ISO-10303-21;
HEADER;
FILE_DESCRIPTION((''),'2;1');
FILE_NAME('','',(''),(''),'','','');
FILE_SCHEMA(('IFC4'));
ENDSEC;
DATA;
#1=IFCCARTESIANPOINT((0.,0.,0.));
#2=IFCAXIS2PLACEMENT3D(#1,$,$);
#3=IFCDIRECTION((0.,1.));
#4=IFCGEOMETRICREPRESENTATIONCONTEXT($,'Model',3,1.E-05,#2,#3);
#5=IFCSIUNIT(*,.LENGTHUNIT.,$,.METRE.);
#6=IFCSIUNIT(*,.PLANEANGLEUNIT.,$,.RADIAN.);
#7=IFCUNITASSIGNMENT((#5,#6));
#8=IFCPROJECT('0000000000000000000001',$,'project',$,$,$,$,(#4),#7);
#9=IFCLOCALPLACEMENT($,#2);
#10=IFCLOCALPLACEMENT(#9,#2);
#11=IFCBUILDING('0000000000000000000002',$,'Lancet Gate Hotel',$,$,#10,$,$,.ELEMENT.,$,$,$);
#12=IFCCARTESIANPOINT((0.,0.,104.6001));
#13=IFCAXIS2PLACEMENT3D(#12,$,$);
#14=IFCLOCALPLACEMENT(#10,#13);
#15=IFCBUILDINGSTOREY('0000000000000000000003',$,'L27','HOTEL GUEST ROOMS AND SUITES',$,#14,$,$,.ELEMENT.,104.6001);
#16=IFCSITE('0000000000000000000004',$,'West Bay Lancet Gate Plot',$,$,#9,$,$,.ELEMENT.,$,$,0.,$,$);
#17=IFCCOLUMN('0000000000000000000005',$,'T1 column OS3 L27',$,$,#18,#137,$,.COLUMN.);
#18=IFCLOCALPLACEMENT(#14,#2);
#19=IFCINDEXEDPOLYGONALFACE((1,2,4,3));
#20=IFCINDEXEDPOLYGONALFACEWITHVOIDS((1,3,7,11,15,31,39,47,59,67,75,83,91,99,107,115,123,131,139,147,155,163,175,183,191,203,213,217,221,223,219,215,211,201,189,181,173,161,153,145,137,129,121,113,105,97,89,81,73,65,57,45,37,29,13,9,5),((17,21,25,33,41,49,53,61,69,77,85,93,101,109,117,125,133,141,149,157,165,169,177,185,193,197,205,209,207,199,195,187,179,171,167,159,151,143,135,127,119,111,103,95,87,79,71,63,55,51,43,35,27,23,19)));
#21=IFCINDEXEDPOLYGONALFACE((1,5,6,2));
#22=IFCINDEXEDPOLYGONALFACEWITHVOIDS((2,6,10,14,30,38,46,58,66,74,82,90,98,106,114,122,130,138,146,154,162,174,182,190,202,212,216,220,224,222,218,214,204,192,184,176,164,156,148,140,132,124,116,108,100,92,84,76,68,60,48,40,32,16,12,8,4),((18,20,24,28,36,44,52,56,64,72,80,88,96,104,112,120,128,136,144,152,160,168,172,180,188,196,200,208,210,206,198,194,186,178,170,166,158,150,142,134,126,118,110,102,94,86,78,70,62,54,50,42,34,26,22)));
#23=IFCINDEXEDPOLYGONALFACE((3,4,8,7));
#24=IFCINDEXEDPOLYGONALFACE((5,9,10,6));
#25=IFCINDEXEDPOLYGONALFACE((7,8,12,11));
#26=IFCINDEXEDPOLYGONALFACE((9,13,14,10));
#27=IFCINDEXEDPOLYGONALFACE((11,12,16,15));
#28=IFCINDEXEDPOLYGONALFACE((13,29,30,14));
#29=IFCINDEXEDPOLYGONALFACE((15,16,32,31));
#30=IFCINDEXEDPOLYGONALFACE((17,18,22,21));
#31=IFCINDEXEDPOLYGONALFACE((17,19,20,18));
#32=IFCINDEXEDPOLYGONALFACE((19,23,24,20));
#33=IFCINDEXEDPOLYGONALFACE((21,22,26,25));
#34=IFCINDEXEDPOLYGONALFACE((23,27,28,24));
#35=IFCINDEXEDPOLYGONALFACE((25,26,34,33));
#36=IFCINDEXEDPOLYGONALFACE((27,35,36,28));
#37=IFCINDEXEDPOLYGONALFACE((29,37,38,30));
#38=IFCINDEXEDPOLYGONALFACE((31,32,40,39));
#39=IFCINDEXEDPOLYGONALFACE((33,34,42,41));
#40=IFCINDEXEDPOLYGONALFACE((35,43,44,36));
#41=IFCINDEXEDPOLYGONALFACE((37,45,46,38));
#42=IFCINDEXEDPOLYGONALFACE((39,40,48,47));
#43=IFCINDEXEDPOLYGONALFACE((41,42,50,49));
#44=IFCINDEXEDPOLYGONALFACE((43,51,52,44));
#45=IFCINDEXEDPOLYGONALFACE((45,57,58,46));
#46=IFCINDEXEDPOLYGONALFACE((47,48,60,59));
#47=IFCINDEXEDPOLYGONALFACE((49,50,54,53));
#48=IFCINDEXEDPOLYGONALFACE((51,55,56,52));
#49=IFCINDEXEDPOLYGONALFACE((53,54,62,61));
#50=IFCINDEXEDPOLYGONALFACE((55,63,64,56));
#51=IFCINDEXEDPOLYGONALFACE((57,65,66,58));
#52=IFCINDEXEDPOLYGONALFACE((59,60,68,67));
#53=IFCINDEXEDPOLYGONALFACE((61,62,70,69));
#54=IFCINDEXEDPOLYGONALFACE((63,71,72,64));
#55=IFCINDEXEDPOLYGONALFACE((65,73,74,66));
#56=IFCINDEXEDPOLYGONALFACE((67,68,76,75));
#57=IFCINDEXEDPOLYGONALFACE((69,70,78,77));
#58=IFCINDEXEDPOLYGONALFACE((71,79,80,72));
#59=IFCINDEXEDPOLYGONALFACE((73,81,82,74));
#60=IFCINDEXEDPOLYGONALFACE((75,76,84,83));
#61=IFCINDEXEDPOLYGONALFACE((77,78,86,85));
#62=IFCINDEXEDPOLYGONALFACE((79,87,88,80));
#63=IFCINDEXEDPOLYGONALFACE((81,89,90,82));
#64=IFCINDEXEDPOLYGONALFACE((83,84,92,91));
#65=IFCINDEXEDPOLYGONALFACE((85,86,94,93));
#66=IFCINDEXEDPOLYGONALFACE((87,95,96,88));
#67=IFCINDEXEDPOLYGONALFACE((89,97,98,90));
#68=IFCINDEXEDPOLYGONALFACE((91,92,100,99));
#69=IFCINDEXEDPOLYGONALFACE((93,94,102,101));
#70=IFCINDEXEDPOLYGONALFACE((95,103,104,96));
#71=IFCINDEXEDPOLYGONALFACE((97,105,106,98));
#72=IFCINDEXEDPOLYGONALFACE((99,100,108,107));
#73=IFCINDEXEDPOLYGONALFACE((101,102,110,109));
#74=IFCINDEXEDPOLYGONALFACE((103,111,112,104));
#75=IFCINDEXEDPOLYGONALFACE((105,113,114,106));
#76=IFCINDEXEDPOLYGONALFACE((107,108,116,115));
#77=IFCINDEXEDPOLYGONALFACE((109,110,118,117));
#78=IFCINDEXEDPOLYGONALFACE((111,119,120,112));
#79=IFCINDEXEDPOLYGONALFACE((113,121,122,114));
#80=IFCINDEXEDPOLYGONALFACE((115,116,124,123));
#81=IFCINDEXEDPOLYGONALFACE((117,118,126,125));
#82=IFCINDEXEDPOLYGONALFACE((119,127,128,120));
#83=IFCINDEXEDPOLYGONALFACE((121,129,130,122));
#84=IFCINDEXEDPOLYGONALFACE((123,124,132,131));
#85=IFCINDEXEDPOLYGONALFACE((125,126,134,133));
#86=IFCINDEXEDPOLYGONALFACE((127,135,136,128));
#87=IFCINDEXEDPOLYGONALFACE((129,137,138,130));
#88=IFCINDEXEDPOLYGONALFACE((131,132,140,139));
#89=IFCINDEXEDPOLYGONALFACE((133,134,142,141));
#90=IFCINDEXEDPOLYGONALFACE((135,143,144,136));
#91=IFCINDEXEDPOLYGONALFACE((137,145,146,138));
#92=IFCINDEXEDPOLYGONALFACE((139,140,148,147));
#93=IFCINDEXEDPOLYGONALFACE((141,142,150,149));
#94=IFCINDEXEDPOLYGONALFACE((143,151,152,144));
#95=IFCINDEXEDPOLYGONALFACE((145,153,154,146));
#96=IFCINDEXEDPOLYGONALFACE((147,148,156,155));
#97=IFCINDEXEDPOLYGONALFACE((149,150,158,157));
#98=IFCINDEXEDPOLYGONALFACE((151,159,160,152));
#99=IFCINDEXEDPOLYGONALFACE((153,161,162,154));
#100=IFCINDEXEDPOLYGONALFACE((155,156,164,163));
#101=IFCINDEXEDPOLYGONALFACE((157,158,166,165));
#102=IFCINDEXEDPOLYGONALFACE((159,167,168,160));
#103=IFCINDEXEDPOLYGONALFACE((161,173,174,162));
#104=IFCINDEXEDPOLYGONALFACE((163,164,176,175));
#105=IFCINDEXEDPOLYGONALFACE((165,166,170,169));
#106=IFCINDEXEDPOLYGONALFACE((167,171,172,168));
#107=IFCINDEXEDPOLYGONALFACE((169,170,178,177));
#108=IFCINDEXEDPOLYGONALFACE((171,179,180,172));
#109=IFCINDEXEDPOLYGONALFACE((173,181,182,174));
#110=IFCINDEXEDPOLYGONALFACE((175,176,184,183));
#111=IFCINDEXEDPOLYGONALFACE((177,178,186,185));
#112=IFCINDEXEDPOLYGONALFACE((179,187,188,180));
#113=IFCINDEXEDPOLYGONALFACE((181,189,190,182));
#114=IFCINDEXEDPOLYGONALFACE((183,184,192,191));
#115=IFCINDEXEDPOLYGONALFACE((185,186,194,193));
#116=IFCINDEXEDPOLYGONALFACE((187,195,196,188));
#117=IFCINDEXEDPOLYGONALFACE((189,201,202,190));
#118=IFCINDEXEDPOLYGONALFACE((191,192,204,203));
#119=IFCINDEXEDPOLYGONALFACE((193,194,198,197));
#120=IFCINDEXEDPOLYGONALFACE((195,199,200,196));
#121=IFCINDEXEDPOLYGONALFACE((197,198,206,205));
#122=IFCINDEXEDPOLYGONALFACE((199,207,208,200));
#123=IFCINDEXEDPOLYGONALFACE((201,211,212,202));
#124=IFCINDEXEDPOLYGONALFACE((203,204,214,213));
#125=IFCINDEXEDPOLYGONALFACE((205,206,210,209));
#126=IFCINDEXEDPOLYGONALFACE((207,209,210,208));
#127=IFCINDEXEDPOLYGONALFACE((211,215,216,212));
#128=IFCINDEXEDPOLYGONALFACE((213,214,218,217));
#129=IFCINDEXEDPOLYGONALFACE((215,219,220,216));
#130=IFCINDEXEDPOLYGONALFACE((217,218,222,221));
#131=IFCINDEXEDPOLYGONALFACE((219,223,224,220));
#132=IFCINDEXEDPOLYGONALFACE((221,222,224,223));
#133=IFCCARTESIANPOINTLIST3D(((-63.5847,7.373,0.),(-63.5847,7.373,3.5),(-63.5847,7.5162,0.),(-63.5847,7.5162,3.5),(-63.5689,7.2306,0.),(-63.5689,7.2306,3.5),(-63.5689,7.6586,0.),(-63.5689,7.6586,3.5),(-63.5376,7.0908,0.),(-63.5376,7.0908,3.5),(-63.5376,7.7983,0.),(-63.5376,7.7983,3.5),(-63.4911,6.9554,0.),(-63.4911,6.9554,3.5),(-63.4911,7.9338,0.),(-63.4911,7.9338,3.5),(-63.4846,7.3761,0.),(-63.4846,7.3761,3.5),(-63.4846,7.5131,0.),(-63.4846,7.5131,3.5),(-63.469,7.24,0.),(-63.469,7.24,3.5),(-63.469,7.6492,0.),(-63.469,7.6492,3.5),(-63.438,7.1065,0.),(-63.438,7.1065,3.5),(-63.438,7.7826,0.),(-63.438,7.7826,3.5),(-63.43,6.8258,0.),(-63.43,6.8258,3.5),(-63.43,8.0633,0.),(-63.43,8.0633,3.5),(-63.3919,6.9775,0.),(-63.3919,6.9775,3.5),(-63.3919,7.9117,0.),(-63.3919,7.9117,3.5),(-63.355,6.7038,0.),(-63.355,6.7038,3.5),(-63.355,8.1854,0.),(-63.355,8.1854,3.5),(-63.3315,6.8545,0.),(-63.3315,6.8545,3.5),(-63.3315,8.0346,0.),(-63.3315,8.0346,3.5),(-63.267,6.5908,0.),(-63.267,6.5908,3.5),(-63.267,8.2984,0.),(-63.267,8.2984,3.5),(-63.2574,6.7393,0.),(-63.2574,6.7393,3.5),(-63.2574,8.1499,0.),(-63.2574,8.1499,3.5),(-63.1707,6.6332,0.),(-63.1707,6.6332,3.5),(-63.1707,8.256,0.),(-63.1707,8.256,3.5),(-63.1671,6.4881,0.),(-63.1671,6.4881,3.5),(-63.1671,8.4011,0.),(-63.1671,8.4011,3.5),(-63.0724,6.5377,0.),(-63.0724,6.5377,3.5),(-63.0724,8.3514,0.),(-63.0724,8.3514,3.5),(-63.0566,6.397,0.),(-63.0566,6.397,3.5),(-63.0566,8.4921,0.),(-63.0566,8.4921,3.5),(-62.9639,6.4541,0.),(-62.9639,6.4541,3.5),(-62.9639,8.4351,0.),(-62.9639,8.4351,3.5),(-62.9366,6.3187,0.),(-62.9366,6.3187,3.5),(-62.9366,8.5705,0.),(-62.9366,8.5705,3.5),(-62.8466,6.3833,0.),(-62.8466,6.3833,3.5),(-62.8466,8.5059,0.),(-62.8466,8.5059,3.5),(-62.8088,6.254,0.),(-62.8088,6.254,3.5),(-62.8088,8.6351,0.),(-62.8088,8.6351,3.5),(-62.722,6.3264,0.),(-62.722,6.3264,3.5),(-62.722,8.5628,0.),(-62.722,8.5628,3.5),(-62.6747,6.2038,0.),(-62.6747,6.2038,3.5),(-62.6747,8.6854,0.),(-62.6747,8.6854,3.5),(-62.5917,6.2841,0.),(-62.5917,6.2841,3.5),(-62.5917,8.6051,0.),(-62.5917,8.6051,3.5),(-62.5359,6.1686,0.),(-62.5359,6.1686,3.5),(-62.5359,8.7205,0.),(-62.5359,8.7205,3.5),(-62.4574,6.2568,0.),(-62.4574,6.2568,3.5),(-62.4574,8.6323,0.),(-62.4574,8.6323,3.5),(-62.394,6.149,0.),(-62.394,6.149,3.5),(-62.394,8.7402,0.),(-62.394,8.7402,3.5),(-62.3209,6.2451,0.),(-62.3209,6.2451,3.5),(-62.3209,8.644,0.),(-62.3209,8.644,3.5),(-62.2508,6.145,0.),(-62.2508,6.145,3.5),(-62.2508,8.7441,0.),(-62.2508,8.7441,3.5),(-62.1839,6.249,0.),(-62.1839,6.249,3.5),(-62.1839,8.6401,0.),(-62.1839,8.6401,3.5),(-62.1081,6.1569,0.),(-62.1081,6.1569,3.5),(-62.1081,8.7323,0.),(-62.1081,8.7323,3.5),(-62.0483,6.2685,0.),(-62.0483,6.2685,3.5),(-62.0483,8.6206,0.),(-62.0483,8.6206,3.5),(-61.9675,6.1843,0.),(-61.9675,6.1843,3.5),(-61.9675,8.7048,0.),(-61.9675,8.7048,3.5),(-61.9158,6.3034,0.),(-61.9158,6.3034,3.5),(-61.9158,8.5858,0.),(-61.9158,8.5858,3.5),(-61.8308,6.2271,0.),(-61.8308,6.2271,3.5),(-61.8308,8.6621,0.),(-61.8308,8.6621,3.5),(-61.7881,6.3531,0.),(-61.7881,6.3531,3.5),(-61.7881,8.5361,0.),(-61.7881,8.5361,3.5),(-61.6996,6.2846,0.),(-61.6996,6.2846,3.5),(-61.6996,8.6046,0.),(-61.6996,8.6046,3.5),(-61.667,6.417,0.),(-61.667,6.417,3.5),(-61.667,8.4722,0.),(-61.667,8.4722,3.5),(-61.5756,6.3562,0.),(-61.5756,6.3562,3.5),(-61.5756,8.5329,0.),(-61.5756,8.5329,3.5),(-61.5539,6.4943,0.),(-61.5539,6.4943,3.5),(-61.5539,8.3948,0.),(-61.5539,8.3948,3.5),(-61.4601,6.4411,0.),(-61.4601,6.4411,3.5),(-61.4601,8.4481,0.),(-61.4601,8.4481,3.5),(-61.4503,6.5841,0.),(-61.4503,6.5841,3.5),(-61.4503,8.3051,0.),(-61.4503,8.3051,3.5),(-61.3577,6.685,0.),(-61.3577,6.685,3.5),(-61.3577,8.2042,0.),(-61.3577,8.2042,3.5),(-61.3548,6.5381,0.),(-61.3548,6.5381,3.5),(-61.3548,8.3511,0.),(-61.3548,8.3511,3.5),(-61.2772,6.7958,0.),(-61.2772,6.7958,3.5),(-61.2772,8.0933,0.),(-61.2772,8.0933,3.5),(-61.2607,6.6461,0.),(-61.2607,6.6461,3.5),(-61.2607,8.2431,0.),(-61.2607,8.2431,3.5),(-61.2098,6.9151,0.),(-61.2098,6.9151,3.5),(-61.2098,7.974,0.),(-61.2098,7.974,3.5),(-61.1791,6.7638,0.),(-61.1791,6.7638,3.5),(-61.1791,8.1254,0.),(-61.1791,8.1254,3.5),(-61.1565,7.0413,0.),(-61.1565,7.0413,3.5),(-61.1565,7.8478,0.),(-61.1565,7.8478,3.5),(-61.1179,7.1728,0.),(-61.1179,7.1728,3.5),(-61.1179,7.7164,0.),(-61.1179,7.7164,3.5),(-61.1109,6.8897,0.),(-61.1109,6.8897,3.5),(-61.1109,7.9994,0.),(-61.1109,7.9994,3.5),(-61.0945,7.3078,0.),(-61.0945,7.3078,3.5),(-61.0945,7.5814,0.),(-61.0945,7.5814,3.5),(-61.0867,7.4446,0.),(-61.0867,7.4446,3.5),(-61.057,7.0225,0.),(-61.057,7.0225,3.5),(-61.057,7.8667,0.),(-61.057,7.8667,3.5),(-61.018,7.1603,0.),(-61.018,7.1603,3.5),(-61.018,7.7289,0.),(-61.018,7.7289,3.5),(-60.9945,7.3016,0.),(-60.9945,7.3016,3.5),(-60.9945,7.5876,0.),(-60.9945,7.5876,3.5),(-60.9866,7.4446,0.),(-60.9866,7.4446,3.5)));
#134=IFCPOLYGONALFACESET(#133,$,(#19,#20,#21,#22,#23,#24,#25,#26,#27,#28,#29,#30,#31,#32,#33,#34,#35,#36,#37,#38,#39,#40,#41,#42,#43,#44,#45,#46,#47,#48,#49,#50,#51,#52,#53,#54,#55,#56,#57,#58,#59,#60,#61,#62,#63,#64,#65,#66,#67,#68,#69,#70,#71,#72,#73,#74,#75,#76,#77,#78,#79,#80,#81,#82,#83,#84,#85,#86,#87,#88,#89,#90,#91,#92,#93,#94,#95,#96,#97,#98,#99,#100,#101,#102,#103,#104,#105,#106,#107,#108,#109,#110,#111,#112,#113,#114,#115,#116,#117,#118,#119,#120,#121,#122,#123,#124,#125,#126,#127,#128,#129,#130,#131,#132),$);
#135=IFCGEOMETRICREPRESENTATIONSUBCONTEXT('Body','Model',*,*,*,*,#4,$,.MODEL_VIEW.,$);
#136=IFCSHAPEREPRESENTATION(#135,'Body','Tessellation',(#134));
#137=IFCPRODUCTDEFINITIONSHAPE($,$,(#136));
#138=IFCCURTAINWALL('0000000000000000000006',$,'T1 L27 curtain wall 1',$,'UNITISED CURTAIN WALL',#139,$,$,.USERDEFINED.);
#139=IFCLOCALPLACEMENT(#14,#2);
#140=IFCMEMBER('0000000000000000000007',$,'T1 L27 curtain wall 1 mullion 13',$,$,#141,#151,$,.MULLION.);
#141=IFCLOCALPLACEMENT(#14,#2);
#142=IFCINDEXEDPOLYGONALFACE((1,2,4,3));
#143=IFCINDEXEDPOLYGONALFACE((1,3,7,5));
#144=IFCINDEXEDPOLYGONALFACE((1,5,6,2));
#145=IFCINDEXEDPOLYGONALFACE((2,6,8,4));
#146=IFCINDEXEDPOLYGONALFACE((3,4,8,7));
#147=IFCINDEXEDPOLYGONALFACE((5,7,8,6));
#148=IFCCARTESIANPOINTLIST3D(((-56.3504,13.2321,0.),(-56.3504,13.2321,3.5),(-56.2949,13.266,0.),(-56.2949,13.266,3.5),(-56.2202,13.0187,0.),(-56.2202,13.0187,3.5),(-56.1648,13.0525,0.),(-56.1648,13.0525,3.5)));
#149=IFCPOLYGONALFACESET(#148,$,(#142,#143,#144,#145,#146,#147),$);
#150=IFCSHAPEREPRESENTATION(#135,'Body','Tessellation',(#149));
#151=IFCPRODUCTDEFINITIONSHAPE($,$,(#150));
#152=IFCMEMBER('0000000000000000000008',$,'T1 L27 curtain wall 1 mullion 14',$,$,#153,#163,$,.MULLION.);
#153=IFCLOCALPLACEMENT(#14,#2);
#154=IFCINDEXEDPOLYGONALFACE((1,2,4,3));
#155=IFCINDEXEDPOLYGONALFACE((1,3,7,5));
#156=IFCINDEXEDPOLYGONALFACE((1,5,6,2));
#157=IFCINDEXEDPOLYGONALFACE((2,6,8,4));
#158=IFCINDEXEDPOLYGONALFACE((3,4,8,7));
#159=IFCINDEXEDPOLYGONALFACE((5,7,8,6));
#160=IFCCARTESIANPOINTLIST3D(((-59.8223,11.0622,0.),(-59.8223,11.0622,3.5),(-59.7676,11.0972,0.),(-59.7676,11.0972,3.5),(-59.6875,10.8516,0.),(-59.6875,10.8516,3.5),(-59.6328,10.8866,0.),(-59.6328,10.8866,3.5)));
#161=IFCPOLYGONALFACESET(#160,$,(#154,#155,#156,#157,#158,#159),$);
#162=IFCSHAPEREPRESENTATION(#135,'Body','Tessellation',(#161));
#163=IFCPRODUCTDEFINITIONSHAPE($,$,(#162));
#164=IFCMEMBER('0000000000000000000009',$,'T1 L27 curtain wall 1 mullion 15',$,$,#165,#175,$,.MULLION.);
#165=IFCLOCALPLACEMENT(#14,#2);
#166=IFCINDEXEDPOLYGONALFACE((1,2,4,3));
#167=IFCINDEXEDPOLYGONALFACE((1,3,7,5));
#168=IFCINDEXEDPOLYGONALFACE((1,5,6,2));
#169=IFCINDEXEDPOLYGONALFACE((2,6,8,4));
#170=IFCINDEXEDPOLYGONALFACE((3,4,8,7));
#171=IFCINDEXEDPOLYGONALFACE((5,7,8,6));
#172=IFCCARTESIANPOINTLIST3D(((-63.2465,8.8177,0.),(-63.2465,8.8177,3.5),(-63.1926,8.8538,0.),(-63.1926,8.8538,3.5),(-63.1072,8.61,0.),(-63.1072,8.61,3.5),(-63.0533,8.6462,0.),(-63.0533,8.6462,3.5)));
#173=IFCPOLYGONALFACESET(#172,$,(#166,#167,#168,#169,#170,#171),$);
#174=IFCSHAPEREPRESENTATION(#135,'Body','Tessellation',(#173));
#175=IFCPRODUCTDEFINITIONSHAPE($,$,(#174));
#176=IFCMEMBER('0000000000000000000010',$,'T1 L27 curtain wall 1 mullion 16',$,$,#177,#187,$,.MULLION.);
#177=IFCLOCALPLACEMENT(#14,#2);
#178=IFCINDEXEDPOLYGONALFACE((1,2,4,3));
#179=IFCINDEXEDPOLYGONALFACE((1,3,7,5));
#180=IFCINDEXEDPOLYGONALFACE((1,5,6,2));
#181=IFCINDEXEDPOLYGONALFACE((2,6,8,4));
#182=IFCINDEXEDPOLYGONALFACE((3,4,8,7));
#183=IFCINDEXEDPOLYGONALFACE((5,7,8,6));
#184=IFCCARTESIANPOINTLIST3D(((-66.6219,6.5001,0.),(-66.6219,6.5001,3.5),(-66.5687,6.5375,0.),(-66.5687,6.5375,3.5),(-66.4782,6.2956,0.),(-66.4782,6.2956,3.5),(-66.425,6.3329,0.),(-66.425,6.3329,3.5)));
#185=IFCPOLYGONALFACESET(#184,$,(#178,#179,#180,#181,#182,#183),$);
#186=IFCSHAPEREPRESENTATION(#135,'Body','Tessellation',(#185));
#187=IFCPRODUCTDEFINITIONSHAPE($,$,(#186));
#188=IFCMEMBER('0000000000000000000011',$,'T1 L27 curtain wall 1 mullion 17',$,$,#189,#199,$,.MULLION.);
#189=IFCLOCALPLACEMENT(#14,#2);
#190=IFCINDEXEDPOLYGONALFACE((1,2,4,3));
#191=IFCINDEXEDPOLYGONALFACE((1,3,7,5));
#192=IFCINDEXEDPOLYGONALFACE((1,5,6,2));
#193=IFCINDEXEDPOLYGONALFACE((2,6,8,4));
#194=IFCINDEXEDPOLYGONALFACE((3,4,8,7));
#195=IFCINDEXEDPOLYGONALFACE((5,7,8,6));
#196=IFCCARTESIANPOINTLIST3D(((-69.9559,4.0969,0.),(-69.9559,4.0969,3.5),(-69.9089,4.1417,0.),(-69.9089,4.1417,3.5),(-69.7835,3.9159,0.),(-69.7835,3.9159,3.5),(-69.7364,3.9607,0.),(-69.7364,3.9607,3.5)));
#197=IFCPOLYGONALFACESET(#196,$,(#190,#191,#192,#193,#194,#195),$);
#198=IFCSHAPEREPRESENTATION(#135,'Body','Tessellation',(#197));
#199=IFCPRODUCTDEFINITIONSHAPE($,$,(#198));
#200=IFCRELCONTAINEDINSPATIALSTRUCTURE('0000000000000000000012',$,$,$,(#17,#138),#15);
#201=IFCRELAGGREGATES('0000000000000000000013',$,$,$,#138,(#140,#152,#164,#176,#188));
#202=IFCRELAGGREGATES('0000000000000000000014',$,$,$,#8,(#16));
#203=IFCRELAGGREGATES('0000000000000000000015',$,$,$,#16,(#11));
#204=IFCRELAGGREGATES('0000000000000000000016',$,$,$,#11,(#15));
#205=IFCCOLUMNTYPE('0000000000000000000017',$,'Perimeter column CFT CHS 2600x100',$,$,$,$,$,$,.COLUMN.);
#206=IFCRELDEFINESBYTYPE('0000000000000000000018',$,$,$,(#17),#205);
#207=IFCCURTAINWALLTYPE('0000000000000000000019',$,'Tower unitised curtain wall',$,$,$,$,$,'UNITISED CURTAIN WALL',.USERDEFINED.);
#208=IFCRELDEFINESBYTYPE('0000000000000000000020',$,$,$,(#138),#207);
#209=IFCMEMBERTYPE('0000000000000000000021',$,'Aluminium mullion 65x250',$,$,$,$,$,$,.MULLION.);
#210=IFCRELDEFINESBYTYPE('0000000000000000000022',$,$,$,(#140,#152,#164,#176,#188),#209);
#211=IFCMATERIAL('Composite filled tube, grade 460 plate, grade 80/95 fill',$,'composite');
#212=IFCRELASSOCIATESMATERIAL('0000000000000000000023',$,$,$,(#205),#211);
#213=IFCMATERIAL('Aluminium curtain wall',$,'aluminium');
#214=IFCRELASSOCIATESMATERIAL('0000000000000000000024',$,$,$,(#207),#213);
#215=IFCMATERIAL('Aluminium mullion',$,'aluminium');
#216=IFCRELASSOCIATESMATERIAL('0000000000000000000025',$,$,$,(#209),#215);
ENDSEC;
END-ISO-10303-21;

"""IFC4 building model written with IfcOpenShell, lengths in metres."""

from ifc_helpers import new_model, si_unit, direction, frame, origin, origin_2d, place, context, subcontext, project, spatial, rectangle, hollow_circle, extrude, material, material_profile, profile_set, type_object, element, aggregate, save


model = new_model("IFC4")

# Units and contexts
model_context = context("Model", 3, precision=1e-05, world=origin(), true_north=direction((0.0, 1.0)))
body_context = subcontext(model_context, "Body", "Model", "MODEL_VIEW")
ifc_project = project(units=[si_unit("LENGTHUNIT", "METRE"), si_unit("PLANEANGLEUNIT", "RADIAN")], contexts=[model_context])

# Site, building, storey
site_placement = place(None, origin())
site = spatial("IfcSite", under=ifc_project, at=site_placement, Name="West Bay Lancet Gate Plot", CompositionType="ELEMENT", RefElevation=0.0)
building_placement = place(site_placement, origin())
building = spatial("IfcBuilding", under=site, at=building_placement, Name="Lancet Gate Hotel", CompositionType="ELEMENT")
storey_placement = place(building_placement, frame((0.0, 0.0, 104.6001)))
storey = spatial("IfcBuildingStorey", under=building, at=storey_placement, Name="L27", Description="HOTEL GUEST ROOMS AND SUITES", CompositionType="ELEMENT", Elevation=104.6001)

# Column
ifc_material_1 = material(Name="Composite filled tube, grade 460 plate, grade 80/95 fill", Category="composite")
ifc_material_profile_1 = material_profile(ifc_material_1, hollow_circle(Radius=1.3, WallThickness=0.1001, at=origin_2d()), Name="CHS 2600x100")
ifc_profile_set_1 = profile_set([ifc_material_profile_1], Name="Composite filled tube, grade 460 plate, grade 80/95 fill")
column_type = type_object("IfcColumnType", Name="Perimeter column CFT CHS 2600x100", PredefinedType="COLUMN", material=ifc_profile_set_1)
column_placement = place(storey_placement, frame((-62.2866, 7.4446, 0.0), z_axis=(0.0, 0.0, 1.0), x_axis=(1.0, 0.0, 0.0)))
element("IfcColumn", 1, at=column_placement, inside=storey, type_object=column_type, Name="T1 column OS3 L27", PredefinedType="COLUMN", context=body_context, shape_type="SweptSolid", body=[
    extrude(hollow_circle(Radius=1.3, WallThickness=0.1001, at=origin_2d()), origin(), (0.0, 0.0, 1.0), 3.5),
])

# Curtain wall, members
ifc_material_2 = material(Name="Aluminium curtain wall", Category="aluminium")
curtain_wall_type = type_object("IfcCurtainWallType", Name="Tower unitised curtain wall", ElementType="UNITISED CURTAIN WALL", PredefinedType="USERDEFINED", material=ifc_material_2)
curtain_wall_placement = place(storey_placement, origin())
curtain_wall = element("IfcCurtainWall", 2, at=curtain_wall_placement, inside=storey, type_object=curtain_wall_type, Name="T1 L27 curtain wall 1", ObjectType="UNITISED CURTAIN WALL", PredefinedType="USERDEFINED")
ifc_material_3 = material(Name="Aluminium mullion", Category="aluminium")
ifc_material_profile_2 = material_profile(ifc_material_3, rectangle(XDim=0.0649, YDim=0.25, at=origin_2d()), Name="MULLION 65x250")
ifc_profile_set_2 = profile_set([ifc_material_profile_2], Name="Aluminium mullion")
member_type_1 = type_object("IfcMemberType", Name="Aluminium mullion 65x250", PredefinedType="MULLION", material=ifc_profile_set_2)
member_1_placement = place(storey_placement, frame((-56.2576, 13.1423, 0.0), z_axis=(0.0, 0.0, 1.0), x_axis=(-0.853716, -0.520739, 0.0)))
member_1 = element("IfcMember", 3, at=member_1_placement, type_object=member_type_1, Name="T1 L27 curtain wall 1 mullion 13", PredefinedType="MULLION", context=body_context, shape_type="SweptSolid", body=[
    extrude(rectangle(XDim=0.0649, YDim=0.25, at=origin_2d()), origin(), (0.0, 0.0, 1.0), 3.5),
])
member_2_placement = place(storey_placement, frame((-59.7275, 10.9744, 0.0), z_axis=(0.0, 0.0, 1.0), x_axis=(-0.842308, -0.538996, 0.0)))
member_2 = element("IfcMember", 4, at=member_2_placement, type_object=member_type_1, Name="T1 L27 curtain wall 1 mullion 14", PredefinedType="MULLION", context=body_context, shape_type="SweptSolid", body=[
    extrude(rectangle(XDim=0.0649, YDim=0.25, at=origin_2d()), origin(), (0.0, 0.0, 1.0), 3.5),
])
member_3_placement = place(storey_placement, frame((-63.1499, 8.7319, 0.0), z_axis=(0.0, 0.0, 1.0), x_axis=(-0.83051, -0.557004, 0.0)))
member_3 = element("IfcMember", 5, at=member_3_placement, type_object=member_type_1, Name="T1 L27 curtain wall 1 mullion 15", PredefinedType="MULLION", context=body_context, shape_type="SweptSolid", body=[
    extrude(rectangle(XDim=0.0649, YDim=0.25, at=origin_2d()), origin(), (0.0, 0.0, 1.0), 3.5),
])
member_4_placement = place(storey_placement, frame((-66.5234, 6.4165, 0.0), z_axis=(0.0, 0.0, 1.0), x_axis=(-0.818327, -0.574753, 0.0)))
member_4 = element("IfcMember", 6, at=member_4_placement, type_object=member_type_1, Name="T1 L27 curtain wall 1 mullion 16", PredefinedType="MULLION", context=body_context, shape_type="SweptSolid", body=[
    extrude(rectangle(XDim=0.0649, YDim=0.25, at=origin_2d()), origin(), (0.0, 0.0, 1.0), 3.5),
])
member_5_placement = place(storey_placement, frame((-69.8462, 4.0288, 0.0), z_axis=(0.0, 0.0, 1.0), x_axis=(-0.723846, -0.689961, 0.0)))
member_5 = element("IfcMember", 7, at=member_5_placement, type_object=member_type_1, Name="T1 L27 curtain wall 1 mullion 17", PredefinedType="MULLION", context=body_context, shape_type="SweptSolid", body=[
    extrude(rectangle(XDim=0.0649, YDim=0.25, at=origin_2d()), origin(), (0.0, 0.0, 1.0), 3.5),
])

aggregate(curtain_wall, [member_1, member_2, member_3, member_4, member_5])

save(model, "model.ifc")
